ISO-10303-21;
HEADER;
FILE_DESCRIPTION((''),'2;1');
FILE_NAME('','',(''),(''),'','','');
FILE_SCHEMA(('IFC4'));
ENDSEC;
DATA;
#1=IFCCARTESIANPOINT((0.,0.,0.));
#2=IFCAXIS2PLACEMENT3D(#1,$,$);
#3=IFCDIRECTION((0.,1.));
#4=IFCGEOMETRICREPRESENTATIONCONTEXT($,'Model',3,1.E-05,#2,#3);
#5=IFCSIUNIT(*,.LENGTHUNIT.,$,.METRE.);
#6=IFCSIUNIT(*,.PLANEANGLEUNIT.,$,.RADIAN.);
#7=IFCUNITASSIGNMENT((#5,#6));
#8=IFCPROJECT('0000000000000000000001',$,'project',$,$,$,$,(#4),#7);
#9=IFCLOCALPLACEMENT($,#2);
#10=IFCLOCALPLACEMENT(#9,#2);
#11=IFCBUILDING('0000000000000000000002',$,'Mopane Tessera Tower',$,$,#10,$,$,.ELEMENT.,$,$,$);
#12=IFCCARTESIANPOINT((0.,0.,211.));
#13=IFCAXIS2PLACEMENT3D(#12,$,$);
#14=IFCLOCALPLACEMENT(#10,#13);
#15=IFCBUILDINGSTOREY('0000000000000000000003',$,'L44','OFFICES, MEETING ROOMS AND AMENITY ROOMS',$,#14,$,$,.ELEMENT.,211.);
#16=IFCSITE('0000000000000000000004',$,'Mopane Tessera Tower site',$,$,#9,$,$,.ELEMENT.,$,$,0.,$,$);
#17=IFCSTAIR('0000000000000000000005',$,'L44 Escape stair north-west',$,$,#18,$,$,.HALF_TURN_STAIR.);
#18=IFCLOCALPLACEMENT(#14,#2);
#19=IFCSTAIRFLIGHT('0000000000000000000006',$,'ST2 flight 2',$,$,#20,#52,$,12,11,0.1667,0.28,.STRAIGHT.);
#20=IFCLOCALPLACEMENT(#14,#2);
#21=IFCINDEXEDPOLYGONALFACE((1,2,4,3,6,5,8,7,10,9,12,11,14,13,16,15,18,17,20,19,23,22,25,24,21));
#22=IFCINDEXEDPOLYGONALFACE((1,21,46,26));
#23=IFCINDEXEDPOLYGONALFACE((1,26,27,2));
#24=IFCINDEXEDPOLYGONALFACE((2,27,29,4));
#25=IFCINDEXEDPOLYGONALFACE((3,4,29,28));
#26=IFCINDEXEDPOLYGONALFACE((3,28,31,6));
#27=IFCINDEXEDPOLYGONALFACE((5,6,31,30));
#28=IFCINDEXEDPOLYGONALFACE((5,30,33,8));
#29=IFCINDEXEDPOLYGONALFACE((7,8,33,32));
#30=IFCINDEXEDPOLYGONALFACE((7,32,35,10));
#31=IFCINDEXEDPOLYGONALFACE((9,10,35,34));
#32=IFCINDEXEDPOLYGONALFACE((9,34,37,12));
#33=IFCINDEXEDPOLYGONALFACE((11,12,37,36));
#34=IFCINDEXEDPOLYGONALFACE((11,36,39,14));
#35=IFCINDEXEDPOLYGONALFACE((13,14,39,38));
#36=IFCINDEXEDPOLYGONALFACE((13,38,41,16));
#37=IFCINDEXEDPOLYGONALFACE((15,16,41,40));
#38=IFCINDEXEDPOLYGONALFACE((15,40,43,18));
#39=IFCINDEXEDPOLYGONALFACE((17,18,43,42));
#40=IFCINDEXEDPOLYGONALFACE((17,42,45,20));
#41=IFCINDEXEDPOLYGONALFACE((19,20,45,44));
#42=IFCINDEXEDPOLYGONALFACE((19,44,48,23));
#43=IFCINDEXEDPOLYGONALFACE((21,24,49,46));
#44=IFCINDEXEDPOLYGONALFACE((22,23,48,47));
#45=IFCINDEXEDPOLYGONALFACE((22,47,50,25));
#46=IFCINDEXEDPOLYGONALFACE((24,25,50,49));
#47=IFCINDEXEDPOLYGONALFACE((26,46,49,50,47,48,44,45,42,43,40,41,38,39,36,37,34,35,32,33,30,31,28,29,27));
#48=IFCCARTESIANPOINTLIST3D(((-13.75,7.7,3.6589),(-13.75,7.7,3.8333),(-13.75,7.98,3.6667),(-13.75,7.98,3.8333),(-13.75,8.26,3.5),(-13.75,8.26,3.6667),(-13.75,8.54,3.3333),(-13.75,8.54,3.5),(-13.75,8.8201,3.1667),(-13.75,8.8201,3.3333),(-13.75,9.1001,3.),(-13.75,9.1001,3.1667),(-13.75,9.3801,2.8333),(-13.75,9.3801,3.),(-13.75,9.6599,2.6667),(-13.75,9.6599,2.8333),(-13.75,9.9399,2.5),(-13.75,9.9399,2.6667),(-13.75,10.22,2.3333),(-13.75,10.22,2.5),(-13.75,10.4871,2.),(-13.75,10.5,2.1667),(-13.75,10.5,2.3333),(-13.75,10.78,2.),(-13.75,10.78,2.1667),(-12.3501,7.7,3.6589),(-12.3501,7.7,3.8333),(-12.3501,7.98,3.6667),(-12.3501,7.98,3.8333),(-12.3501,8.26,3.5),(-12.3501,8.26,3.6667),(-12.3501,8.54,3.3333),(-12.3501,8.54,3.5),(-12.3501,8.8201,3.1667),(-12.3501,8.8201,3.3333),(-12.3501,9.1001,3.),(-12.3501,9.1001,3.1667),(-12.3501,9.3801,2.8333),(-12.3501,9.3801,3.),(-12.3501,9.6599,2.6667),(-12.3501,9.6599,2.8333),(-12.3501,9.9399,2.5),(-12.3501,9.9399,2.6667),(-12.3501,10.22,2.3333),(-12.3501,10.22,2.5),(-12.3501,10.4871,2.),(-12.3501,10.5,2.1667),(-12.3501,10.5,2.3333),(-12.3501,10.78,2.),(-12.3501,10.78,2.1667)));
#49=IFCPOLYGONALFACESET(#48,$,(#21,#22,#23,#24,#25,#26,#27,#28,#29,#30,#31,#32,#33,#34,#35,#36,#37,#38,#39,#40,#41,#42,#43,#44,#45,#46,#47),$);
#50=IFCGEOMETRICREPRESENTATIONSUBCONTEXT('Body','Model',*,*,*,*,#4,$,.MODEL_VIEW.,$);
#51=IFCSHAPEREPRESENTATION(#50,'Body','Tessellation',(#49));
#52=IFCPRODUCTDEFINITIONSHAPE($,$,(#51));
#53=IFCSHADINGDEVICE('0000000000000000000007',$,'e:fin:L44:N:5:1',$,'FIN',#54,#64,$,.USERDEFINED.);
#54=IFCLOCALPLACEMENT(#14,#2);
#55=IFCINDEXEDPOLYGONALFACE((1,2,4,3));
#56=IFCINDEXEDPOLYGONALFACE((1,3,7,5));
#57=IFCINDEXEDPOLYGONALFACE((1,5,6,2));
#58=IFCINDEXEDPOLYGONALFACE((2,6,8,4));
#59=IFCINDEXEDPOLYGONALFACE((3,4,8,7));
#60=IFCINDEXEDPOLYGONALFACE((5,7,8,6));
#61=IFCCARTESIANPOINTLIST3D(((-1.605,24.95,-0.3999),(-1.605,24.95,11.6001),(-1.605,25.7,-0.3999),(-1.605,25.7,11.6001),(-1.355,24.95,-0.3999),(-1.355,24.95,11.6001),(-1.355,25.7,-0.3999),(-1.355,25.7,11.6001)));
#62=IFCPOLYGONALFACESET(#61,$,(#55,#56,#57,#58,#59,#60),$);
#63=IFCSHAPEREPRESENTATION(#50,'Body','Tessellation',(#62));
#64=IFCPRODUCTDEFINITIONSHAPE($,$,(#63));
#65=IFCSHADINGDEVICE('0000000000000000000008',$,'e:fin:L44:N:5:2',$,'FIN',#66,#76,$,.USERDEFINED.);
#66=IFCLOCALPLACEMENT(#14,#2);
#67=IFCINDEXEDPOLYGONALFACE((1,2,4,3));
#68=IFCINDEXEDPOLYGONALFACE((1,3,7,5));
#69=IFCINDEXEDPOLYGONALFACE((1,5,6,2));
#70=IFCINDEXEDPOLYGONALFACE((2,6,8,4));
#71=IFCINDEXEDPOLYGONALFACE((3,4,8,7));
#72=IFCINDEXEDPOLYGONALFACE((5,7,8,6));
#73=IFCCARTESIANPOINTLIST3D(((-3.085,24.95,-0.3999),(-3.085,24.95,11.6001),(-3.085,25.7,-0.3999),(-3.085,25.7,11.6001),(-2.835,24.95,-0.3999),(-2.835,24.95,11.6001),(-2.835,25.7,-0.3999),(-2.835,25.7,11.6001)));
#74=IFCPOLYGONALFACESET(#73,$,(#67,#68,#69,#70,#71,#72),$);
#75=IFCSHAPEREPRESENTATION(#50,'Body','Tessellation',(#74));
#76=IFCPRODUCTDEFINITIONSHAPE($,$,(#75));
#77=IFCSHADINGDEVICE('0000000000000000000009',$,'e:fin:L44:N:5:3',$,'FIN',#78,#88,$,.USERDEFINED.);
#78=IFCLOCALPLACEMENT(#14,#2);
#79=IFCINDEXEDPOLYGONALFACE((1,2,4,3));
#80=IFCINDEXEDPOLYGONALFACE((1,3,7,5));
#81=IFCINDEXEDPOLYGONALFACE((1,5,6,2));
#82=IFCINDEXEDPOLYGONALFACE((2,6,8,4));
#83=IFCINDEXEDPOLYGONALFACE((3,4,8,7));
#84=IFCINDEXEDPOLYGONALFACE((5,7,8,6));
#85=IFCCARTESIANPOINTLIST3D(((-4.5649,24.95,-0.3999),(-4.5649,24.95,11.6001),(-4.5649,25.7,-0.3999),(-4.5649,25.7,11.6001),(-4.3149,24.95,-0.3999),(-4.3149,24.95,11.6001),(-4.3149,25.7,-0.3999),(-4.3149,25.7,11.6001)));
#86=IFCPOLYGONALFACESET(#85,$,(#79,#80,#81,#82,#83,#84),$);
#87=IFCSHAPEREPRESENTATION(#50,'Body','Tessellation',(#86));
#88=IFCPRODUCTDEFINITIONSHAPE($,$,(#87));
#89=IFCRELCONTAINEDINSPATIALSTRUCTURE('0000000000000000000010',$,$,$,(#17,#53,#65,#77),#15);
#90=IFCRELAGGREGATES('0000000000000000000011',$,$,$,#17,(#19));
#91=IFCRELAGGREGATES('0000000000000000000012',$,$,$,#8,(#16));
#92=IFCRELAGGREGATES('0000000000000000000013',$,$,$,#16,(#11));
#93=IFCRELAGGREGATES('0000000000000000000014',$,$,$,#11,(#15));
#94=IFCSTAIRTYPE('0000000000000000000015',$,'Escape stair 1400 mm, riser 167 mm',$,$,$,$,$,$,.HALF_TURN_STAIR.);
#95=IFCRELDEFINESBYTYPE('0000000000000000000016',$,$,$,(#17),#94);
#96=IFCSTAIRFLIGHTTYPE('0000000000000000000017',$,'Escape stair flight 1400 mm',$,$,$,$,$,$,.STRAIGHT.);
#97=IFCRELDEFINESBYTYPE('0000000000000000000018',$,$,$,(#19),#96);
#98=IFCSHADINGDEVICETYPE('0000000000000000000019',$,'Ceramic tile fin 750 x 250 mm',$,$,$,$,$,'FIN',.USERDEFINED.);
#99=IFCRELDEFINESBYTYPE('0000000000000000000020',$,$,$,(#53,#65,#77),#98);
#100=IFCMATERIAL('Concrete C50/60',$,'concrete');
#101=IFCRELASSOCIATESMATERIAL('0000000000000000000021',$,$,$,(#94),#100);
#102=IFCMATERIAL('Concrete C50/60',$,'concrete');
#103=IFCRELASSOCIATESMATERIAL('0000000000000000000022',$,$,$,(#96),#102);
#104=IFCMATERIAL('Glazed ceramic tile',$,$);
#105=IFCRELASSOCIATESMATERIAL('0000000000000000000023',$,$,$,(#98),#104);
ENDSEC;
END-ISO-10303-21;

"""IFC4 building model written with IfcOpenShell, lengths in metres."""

from ifc_helpers import new_model, si_unit, direction, frame, origin, origin_2d, place, context, subcontext, project, spatial, polyline, rectangle, outline, extrude, material, type_object, element, aggregate, save


model = new_model("IFC4")

# Units and contexts
model_context = context("Model", 3, precision=1e-05, world=origin(), true_north=direction((0.0, 1.0)))
body_context = subcontext(model_context, "Body", "Model", "MODEL_VIEW")
ifc_project = project(units=[si_unit("LENGTHUNIT", "METRE"), si_unit("PLANEANGLEUNIT", "RADIAN")], contexts=[model_context])

# Site, building, storey
site_placement = place(None, origin())
site = spatial("IfcSite", under=ifc_project, at=site_placement, Name="Mopane Tessera Tower site", CompositionType="ELEMENT", RefElevation=0.0)
building_placement = place(site_placement, origin())
building = spatial("IfcBuilding", under=site, at=building_placement, Name="Mopane Tessera Tower", CompositionType="ELEMENT")
storey_placement = place(building_placement, frame((0.0, 0.0, 211.0)))
storey = spatial("IfcBuildingStorey", under=building, at=storey_placement, Name="L44", Description="OFFICES, MEETING ROOMS AND AMENITY ROOMS", CompositionType="ELEMENT", Elevation=211.0)

# Stair, stair flight
ifc_material_1 = material(Name="Concrete C50/60", Category="concrete")
stair_type = type_object("IfcStairType", Name="Escape stair 1400 mm, riser 167 mm", PredefinedType="HALF_TURN_STAIR", material=ifc_material_1)
stair_placement = place(storey_placement, origin())
stair = element("IfcStair", 1, at=stair_placement, inside=storey, type_object=stair_type, Name="L44 Escape stair north-west", PredefinedType="HALF_TURN_STAIR")
ifc_material_2 = material(Name="Concrete C50/60", Category="concrete")
stair_flight_type = type_object("IfcStairFlightType", Name="Escape stair flight 1400 mm", PredefinedType="STRAIGHT", material=ifc_material_2)
stair_flight_placement = place(storey_placement, frame((-13.05, 10.78, 2.0), z_axis=(0.0, 0.0, 1.0), x_axis=(0.0, -1.0, 0.0)))
stair_flight = element("IfcStairFlight", 2, at=stair_flight_placement, type_object=stair_flight_type, Name="ST2 flight 2", NumberOfRisers=12, NumberOfTreads=11, PredefinedType="STRAIGHT", RiserHeight=0.1667, TreadLength=0.28, context=body_context, shape_type="SweptSolid", body=[
    extrude(outline(polyline([(0.0, 0.0), (0.0, 0.1667), (0.28, 0.1667), (0.28, 0.3333), (0.5601, 0.3333), (0.5601, 0.5), (0.8401, 0.5), (0.8401, 0.6667), (1.1201, 0.6667), (1.1201, 0.8333), (1.3999, 0.8333), (1.3999, 1.0), (1.6799, 1.0), (1.6799, 1.1667), (1.96, 1.1667), (1.96, 1.3333), (2.24, 1.3333), (2.24, 1.5), (2.52, 1.5), (2.52, 1.6667), (2.8, 1.6667), (2.8, 1.8333), (3.0801, 1.8333), (3.0801, 2.0), (3.0801, 1.6589), (0.293, 0.0), (0.0, 0.0)])), frame((0.0, 0.7, 0.0), z_axis=(0.0, -1.0, 0.0), x_axis=(1.0, 0.0, 0.0)), (0.0, 0.0, 1.0), 1.3999),
])
aggregate(stair, [stair_flight])

# Shading devices
ifc_material_3 = material(Name="Glazed ceramic tile")
shading_device_type = type_object("IfcShadingDeviceType", Name="Ceramic tile fin 750 x 250 mm", ElementType="FIN", PredefinedType="USERDEFINED", material=ifc_material_3)
for number, where, z_axis, x_axis, name in (
    (3, (-1.48, 25.325, -0.3999), (0.0, 0.0, 1.0), (-1.0, 0.0, 0.0), "e:fin:L44:N:5:1"),
    (4, (-2.96, 25.325, -0.3999), (0.0, 0.0, 1.0), (-1.0, 0.0, 0.0), "e:fin:L44:N:5:2"),
    (5, (-4.4399, 25.325, -0.3999), (0.0, 0.0, 1.0), (-1.0, 0.0, 0.0), "e:fin:L44:N:5:3"),
):
    element("IfcShadingDevice", number, at=place(storey_placement, frame(where, z_axis=z_axis, x_axis=x_axis)), inside=storey, type_object=shading_device_type, Name=name, ObjectType="FIN", PredefinedType="USERDEFINED", context=body_context, shape_type="SweptSolid", body=[
        extrude(rectangle(XDim=0.25, YDim=0.75, at=origin_2d()), origin(), (0.0, 0.0, 1.0), 12.0),
    ])

save(model, "model.ifc")
